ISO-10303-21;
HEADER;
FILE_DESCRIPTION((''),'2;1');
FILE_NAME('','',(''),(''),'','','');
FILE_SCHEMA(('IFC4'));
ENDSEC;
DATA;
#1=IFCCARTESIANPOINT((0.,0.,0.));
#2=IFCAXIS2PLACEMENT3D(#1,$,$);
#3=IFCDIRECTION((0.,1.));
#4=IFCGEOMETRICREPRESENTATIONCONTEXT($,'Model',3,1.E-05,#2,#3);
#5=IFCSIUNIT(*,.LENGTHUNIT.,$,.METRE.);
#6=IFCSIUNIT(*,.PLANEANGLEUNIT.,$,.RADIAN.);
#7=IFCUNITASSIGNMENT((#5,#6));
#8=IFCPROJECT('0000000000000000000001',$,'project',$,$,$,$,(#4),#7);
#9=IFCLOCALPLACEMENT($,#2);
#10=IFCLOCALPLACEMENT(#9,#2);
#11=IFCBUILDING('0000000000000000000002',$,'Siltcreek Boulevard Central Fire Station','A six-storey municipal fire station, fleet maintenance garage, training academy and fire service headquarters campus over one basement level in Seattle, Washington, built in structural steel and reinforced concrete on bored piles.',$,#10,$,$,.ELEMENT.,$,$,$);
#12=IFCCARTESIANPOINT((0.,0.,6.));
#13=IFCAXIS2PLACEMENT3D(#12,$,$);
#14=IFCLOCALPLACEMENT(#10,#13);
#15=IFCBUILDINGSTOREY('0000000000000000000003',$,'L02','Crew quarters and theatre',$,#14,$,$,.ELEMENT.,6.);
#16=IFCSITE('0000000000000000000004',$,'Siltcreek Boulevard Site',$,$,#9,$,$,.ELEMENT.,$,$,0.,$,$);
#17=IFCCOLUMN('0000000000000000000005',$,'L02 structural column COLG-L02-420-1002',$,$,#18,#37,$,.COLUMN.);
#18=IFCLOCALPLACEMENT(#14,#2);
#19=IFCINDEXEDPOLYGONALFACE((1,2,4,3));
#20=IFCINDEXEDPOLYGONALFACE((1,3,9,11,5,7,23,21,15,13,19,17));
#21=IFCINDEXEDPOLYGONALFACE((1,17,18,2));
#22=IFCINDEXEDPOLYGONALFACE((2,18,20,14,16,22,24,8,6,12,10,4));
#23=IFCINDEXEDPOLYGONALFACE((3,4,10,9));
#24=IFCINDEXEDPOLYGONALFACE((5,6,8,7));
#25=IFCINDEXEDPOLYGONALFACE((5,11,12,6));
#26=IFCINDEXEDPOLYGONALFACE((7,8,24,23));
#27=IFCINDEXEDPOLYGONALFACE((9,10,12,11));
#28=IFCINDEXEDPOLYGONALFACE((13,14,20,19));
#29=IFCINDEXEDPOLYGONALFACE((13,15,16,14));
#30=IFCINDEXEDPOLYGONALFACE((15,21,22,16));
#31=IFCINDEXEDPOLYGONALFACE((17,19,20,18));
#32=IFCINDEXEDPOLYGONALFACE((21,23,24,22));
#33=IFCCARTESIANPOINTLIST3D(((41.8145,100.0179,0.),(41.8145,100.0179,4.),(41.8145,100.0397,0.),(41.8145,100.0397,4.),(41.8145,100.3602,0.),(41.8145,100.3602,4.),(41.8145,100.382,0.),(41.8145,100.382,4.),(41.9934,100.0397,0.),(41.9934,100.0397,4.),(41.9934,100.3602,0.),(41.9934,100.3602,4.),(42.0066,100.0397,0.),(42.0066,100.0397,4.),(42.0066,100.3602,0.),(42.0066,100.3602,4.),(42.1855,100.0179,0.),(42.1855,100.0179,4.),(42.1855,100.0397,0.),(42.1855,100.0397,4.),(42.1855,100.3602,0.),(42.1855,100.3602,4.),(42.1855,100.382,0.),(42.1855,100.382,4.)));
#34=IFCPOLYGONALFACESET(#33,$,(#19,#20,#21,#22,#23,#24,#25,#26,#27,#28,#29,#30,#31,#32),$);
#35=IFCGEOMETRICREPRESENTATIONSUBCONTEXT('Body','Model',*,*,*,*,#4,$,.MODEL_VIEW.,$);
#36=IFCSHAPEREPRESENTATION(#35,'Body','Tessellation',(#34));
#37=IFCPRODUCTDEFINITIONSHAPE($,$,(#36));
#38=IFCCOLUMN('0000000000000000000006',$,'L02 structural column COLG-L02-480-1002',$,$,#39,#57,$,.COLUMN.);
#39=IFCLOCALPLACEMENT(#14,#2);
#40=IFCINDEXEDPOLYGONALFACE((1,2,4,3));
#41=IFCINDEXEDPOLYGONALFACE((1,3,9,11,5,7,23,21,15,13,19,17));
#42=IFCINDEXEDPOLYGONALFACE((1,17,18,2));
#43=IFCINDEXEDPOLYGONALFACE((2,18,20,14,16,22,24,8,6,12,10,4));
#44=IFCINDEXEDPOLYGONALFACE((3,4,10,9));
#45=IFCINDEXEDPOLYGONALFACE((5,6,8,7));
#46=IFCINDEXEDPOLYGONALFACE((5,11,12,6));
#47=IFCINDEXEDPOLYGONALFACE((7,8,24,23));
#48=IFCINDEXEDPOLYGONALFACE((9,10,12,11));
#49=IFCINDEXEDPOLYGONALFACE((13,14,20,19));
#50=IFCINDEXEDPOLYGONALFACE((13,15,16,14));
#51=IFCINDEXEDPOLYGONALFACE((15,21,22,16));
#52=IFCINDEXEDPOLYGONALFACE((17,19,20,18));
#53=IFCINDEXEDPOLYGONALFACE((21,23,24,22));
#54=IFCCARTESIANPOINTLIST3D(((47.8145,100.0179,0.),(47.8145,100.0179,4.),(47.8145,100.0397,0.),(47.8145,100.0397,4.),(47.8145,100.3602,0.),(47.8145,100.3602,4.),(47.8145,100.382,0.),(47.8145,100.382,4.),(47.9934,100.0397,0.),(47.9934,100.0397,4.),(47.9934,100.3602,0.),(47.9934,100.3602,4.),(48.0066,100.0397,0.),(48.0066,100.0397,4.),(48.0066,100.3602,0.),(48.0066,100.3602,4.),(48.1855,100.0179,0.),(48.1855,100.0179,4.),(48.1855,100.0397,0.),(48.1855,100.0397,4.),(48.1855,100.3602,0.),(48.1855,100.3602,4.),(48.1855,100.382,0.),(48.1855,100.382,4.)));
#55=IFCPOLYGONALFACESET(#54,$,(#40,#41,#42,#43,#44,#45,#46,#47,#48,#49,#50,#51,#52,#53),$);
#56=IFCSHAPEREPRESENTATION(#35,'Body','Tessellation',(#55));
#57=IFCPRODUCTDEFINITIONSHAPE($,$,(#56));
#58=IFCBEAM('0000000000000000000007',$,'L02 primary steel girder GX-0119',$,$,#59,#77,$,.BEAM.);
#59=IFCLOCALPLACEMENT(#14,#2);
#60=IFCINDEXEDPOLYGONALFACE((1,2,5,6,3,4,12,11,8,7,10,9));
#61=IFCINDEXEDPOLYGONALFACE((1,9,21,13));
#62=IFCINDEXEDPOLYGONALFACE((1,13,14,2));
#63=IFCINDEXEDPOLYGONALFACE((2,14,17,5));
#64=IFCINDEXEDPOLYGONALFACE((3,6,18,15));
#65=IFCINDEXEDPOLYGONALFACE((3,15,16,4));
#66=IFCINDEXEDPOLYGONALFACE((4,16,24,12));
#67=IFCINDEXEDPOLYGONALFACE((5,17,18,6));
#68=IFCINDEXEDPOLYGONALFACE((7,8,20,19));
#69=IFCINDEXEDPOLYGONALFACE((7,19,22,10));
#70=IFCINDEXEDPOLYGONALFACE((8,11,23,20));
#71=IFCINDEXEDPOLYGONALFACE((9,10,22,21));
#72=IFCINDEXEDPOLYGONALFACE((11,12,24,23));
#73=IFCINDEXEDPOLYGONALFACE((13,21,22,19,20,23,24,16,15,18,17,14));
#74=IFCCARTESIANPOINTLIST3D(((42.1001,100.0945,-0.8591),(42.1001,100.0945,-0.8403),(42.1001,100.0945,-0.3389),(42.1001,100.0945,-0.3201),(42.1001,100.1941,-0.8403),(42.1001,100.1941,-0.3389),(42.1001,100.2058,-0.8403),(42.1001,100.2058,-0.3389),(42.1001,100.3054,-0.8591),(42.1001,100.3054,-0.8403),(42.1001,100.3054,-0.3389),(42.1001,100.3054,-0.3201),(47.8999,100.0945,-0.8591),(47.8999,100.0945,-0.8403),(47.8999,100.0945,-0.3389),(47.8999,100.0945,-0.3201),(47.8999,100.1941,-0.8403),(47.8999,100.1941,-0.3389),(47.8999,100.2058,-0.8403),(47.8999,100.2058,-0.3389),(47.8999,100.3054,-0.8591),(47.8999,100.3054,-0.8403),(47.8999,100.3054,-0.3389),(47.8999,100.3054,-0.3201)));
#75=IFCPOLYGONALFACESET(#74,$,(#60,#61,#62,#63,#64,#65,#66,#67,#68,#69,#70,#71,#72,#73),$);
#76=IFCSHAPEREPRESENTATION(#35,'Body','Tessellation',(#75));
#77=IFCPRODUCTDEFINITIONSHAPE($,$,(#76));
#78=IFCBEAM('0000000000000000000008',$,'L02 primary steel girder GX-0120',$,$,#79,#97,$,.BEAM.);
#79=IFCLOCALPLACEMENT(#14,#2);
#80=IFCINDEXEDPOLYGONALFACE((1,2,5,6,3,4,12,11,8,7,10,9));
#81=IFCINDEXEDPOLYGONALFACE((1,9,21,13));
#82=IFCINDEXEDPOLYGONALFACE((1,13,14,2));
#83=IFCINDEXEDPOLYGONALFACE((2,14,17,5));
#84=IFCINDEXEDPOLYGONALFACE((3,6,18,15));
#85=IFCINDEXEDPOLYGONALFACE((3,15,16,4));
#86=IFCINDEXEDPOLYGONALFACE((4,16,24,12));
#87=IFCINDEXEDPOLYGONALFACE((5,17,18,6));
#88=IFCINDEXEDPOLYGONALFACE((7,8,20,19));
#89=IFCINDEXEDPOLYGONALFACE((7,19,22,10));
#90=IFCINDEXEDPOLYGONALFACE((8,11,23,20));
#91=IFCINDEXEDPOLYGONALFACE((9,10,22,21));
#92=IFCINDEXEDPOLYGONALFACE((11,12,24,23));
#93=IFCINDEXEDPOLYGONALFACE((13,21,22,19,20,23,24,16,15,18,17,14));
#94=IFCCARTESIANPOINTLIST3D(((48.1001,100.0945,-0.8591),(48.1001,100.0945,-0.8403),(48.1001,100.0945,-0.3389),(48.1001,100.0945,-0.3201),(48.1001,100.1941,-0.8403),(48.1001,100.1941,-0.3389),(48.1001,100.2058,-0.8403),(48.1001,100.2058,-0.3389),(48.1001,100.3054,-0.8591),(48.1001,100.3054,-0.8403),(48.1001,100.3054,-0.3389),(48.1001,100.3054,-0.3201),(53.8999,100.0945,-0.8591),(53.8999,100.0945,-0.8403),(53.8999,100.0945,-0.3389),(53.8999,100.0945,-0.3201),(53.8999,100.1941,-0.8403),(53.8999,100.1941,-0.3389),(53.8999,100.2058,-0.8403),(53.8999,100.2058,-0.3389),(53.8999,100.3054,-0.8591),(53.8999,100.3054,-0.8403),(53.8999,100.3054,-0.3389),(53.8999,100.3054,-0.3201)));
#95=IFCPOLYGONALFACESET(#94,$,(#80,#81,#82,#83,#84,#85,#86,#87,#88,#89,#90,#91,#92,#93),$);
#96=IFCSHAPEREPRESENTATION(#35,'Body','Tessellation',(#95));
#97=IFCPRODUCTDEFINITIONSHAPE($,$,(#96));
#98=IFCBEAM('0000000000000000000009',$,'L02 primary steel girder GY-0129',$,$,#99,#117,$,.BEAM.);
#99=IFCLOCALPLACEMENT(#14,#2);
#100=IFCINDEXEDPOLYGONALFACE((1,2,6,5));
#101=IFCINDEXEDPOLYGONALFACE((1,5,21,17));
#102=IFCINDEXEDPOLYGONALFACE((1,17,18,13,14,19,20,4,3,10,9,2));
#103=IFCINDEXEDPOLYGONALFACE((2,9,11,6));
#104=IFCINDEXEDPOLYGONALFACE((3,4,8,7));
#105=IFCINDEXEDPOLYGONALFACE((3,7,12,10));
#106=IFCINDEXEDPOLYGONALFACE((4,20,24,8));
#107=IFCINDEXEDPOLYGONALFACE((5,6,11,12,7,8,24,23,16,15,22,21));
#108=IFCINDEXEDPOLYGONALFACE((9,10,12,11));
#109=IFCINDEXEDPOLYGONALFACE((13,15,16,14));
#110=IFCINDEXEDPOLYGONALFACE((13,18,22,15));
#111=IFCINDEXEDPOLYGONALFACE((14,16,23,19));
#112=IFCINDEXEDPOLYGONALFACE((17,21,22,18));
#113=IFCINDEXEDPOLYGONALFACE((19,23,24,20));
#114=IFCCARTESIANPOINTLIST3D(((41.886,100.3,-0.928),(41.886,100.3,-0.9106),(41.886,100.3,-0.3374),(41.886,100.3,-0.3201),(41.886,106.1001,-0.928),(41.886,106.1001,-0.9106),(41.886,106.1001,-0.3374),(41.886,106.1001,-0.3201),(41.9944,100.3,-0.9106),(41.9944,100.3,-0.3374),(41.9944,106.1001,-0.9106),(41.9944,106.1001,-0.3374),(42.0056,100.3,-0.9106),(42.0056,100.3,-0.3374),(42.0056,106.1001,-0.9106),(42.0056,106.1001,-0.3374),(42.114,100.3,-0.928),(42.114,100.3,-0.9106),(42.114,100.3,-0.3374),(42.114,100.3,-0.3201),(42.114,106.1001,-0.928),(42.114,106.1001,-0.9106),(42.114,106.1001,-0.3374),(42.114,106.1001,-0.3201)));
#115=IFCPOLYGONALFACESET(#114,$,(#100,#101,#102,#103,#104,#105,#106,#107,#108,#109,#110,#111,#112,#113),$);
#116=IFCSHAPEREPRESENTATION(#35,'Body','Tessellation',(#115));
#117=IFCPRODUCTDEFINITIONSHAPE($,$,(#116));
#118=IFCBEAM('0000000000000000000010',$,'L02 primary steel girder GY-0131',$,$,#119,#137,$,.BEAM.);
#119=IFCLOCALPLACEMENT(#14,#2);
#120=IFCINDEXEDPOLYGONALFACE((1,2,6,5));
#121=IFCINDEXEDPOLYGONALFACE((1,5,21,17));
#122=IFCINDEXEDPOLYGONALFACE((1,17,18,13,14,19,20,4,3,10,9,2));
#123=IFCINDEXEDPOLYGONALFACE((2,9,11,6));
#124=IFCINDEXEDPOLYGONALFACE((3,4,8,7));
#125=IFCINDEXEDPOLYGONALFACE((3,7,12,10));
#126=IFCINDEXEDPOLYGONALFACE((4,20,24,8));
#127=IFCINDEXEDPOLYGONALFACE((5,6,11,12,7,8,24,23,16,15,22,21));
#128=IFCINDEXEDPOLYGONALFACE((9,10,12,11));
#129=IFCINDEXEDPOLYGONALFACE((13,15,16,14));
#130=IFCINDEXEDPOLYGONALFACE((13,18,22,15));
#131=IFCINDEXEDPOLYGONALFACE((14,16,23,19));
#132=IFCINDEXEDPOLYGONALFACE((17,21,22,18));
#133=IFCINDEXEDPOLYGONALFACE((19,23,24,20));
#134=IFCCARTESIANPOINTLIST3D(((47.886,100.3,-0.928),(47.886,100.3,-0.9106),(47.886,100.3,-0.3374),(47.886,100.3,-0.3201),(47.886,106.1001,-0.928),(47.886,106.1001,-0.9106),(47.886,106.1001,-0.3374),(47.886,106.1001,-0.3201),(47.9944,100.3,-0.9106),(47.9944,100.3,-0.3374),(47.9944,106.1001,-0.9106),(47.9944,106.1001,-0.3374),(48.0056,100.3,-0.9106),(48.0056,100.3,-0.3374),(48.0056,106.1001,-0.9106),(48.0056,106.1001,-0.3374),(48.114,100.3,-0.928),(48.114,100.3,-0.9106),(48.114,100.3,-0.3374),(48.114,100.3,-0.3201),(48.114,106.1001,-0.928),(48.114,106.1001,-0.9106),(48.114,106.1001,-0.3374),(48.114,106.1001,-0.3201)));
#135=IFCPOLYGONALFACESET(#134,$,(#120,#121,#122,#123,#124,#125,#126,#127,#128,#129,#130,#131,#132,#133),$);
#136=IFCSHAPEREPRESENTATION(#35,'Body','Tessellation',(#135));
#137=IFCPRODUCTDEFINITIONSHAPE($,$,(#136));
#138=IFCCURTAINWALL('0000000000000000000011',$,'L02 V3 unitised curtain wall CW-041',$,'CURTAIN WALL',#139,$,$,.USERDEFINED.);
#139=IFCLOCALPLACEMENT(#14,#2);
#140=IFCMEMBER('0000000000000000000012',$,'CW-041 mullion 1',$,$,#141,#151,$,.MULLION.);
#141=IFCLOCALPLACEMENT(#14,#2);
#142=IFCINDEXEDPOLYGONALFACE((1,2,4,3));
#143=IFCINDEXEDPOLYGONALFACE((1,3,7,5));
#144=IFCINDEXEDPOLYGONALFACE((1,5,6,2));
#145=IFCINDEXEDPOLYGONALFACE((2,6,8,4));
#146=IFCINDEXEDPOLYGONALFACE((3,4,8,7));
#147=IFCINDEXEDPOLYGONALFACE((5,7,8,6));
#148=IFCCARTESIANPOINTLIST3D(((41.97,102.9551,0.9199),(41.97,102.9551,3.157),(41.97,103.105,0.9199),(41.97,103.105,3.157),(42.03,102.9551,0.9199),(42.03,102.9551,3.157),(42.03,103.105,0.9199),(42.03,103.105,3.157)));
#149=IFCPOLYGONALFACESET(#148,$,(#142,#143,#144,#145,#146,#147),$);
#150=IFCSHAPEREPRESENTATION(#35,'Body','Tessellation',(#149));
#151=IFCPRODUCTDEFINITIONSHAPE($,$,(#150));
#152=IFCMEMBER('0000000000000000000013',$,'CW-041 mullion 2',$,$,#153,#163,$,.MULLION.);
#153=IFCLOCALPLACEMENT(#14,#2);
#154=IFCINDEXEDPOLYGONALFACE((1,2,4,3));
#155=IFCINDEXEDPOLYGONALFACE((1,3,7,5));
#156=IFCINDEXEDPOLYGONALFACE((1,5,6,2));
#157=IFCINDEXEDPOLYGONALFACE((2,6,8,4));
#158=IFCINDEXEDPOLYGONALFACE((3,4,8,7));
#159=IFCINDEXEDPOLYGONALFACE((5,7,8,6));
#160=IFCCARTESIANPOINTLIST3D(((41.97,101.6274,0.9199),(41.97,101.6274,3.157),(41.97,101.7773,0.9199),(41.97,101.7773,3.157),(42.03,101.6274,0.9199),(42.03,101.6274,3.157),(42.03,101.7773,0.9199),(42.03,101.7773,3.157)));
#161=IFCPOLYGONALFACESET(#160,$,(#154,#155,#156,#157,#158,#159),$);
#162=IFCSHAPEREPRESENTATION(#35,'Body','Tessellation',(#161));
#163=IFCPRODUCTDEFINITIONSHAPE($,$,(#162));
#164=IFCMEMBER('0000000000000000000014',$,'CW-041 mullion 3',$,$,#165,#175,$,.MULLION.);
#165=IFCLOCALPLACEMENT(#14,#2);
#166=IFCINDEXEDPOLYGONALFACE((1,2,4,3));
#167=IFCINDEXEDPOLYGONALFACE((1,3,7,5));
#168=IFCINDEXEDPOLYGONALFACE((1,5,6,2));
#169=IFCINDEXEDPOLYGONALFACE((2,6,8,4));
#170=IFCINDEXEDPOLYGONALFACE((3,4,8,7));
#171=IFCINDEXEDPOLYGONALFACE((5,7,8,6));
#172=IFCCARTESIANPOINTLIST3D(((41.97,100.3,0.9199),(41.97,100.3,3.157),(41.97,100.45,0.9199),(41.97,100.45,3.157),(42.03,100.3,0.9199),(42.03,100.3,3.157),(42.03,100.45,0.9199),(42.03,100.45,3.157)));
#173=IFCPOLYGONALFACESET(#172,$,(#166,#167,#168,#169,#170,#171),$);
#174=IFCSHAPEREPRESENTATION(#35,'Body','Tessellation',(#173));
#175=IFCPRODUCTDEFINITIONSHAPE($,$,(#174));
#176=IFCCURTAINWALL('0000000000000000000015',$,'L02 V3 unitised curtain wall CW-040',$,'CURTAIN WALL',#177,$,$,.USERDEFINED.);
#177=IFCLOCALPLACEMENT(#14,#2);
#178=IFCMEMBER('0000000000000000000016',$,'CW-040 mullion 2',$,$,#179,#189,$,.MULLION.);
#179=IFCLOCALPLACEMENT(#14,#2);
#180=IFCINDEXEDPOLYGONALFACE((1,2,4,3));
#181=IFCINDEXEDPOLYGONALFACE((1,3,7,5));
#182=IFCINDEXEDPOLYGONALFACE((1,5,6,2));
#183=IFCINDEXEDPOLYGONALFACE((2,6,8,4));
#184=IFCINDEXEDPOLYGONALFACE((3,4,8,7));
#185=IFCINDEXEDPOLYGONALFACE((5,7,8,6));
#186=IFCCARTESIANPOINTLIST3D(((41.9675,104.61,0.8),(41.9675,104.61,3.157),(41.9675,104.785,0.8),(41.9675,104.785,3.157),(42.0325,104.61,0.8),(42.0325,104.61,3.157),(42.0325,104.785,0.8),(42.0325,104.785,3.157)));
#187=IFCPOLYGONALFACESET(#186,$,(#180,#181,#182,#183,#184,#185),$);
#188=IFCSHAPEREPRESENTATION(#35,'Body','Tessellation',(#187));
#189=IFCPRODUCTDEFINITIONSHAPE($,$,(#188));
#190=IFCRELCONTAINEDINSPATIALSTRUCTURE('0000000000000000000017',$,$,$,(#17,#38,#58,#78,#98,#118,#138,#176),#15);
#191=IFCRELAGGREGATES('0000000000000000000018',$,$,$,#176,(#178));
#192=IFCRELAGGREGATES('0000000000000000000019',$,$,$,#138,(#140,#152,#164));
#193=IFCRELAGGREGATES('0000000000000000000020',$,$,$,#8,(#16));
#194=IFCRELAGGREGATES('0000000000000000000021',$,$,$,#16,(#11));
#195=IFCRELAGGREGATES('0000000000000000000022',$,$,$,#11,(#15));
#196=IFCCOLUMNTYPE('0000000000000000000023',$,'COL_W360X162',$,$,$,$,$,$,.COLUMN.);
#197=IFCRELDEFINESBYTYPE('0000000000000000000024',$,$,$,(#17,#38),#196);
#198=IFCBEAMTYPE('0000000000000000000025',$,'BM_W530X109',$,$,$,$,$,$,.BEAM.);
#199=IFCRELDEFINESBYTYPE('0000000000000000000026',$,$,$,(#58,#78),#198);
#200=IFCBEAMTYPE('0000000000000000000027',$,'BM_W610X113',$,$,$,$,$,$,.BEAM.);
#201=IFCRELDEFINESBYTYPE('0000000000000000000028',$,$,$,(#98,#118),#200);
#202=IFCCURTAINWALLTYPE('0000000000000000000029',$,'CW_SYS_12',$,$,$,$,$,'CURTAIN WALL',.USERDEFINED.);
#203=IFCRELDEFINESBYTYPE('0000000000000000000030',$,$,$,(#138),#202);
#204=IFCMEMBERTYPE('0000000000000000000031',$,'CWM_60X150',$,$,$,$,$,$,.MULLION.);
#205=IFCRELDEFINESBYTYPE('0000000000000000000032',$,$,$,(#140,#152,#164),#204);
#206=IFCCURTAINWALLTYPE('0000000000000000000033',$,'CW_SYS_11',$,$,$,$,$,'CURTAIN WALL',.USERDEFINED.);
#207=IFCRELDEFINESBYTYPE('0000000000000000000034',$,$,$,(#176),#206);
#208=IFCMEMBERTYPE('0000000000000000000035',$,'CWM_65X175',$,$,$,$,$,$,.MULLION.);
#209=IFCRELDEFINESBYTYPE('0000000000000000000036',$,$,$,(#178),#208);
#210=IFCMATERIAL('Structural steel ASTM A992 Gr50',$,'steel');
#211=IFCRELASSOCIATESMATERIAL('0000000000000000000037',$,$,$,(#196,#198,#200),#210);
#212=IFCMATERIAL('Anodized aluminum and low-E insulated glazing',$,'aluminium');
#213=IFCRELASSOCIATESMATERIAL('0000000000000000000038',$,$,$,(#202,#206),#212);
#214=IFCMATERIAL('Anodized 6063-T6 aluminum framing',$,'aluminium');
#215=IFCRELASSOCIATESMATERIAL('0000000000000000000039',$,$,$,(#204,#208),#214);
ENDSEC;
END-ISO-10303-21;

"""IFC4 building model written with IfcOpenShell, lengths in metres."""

from ifc_helpers import new_model, si_unit, direction, frame, origin, origin_2d, place, context, subcontext, project, spatial, rectangle, i_section, extrude, material, material_profile, profile_set, type_object, element, aggregate, save


model = new_model("IFC4")

# Units and contexts
model_context = context("Model", 3, precision=1e-05, world=origin(), true_north=direction((0.0, 1.0)))
body_context = subcontext(model_context, "Body", "Model", "MODEL_VIEW")
ifc_project = project(units=[si_unit("LENGTHUNIT", "METRE"), si_unit("PLANEANGLEUNIT", "RADIAN")], contexts=[model_context])

# Site, building, storey
site_placement = place(None, origin())
site = spatial("IfcSite", under=ifc_project, at=site_placement, Name="Siltcreek Boulevard Site", CompositionType="ELEMENT", RefElevation=0.0)
building_placement = place(site_placement, origin())
building = spatial("IfcBuilding", under=site, at=building_placement, Name="Siltcreek Boulevard Central Fire Station", Description="A six-storey municipal fire station, fleet maintenance garage, training academy and fire service headquarters campus over one basement level in Seattle, Washington, built in structural steel and reinforced concrete on bored piles.", CompositionType="ELEMENT")
storey_placement = place(building_placement, frame((0.0, 0.0, 6.0)))
storey = spatial("IfcBuildingStorey", under=building, at=storey_placement, Name="L02", Description="Crew quarters and theatre", CompositionType="ELEMENT", Elevation=6.0)

# Columns
ifc_material_1 = material(Name="Structural steel ASTM A992 Gr50", Category="steel")
ifc_material_profile_1 = material_profile(ifc_material_1, i_section(OverallWidth=0.3711, OverallDepth=0.364, WebThickness=0.0132, FlangeThickness=0.0217, at=origin_2d()), Name="W360X162")
ifc_profile_set_1 = profile_set([ifc_material_profile_1], Name="Structural steel ASTM A992 Gr50")
column_type = type_object("IfcColumnType", Name="COL_W360X162", PredefinedType="COLUMN", material=ifc_profile_set_1)
for number, where, z_axis, x_axis, name in (
    (1, (42.0, 100.2, 0.0), (0.0, 0.0, 1.0), (1.0, 0.0, 0.0), "L02 structural column COLG-L02-420-1002"),
    (2, (48.0, 100.2, 0.0), (0.0, 0.0, 1.0), (1.0, 0.0, 0.0), "L02 structural column COLG-L02-480-1002"),
):
    element("IfcColumn", number, at=place(storey_placement, frame(where, z_axis=z_axis, x_axis=x_axis)), inside=storey, type_object=column_type, Name=name, PredefinedType="COLUMN", context=body_context, shape_type="SweptSolid", body=[
        extrude(i_section(OverallWidth=0.3711, OverallDepth=0.364, WebThickness=0.0132, FlangeThickness=0.0217, at=origin_2d()), origin(), (0.0, 0.0, 1.0), 4.0),
    ])

# Beams
ifc_material_profile_2 = material_profile(ifc_material_1, i_section(OverallWidth=0.2109, OverallDepth=0.5391, WebThickness=0.0117, FlangeThickness=0.0188, at=origin_2d()), Name="W530X109")
ifc_profile_set_2 = profile_set([ifc_material_profile_2], Name="Structural steel ASTM A992 Gr50")
beam_type_1 = type_object("IfcBeamType", Name="BM_W530X109", PredefinedType="BEAM", material=ifc_profile_set_2)
for number, where, z_axis, x_axis, name in (
    (3, (42.1001, 100.2, -0.5896), (1.0, 0.0, 0.0), (0.0, 1.0, 0.0), "L02 primary steel girder GX-0119"),
    (4, (48.1001, 100.2, -0.5896), (1.0, 0.0, 0.0), (0.0, 1.0, 0.0), "L02 primary steel girder GX-0120"),
):
    element("IfcBeam", number, at=place(storey_placement, frame(where, z_axis=z_axis, x_axis=x_axis)), inside=storey, type_object=beam_type_1, Name=name, PredefinedType="BEAM", context=body_context, shape_type="SweptSolid", body=[
        extrude(i_section(OverallWidth=0.2109, OverallDepth=0.5391, WebThickness=0.0117, FlangeThickness=0.0188, at=origin_2d()), origin(), (0.0, 0.0, 1.0), 5.7998),
    ])
ifc_material_profile_3 = material_profile(ifc_material_1, i_section(OverallWidth=0.228, OverallDepth=0.6079, WebThickness=0.0112, FlangeThickness=0.0173, at=origin_2d()), Name="W610X113")
ifc_profile_set_3 = profile_set([ifc_material_profile_3], Name="Structural steel ASTM A992 Gr50")
beam_type_2 = type_object("IfcBeamType", Name="BM_W610X113", PredefinedType="BEAM", material=ifc_profile_set_3)
for number, where, z_axis, x_axis, name in (
    (5, (42.0, 100.3, -0.624), (0.0, 1.0, 0.0), (-1.0, 0.0, 0.0), "L02 primary steel girder GY-0129"),
    (6, (48.0, 100.3, -0.624), (0.0, 1.0, 0.0), (-1.0, 0.0, 0.0), "L02 primary steel girder GY-0131"),
):
    element("IfcBeam", number, at=place(storey_placement, frame(where, z_axis=z_axis, x_axis=x_axis)), inside=storey, type_object=beam_type_2, Name=name, PredefinedType="BEAM", context=body_context, shape_type="SweptSolid", body=[
        extrude(i_section(OverallWidth=0.228, OverallDepth=0.6079, WebThickness=0.0112, FlangeThickness=0.0173, at=origin_2d()), origin(), (0.0, 0.0, 1.0), 5.8),
    ])

# Curtain walls, members
ifc_material_2 = material(Name="Anodized aluminum and low-E insulated glazing", Category="aluminium")
curtain_wall_type_1 = type_object("IfcCurtainWallType", Name="CW_SYS_12", ElementType="CURTAIN WALL", PredefinedType="USERDEFINED", material=ifc_material_2)
curtain_wall_1_placement = place(storey_placement, origin())
curtain_wall_1 = element("IfcCurtainWall", 7, at=curtain_wall_1_placement, inside=storey, type_object=curtain_wall_type_1, Name="L02 V3 unitised curtain wall CW-041", ObjectType="CURTAIN WALL", PredefinedType="USERDEFINED")
ifc_material_3 = material(Name="Anodized 6063-T6 aluminum framing", Category="aluminium")
ifc_material_profile_4 = material_profile(ifc_material_3, rectangle(XDim=0.0601, YDim=0.1499, at=origin_2d()), Name="MULL60X150")
ifc_profile_set_4 = profile_set([ifc_material_profile_4], Name="Anodized 6063-T6 aluminum framing")
member_type_1 = type_object("IfcMemberType", Name="CWM_60X150", PredefinedType="MULLION", material=ifc_profile_set_4)
member_1_placement = place(storey_placement, frame((42.0, 103.03, 0.9199), z_axis=(0.0, 0.0, 1.0), x_axis=(1.0, 0.0, 0.0)))
member_1 = element("IfcMember", 8, at=member_1_placement, type_object=member_type_1, Name="CW-041 mullion 1", PredefinedType="MULLION", context=body_context, shape_type="SweptSolid", body=[
    extrude(rectangle(XDim=0.0601, YDim=0.1499, at=origin_2d()), origin(), (0.0, 0.0, 1.0), 2.2371),
])
member_2_placement = place(storey_placement, frame((42.0, 101.7024, 0.9199), z_axis=(0.0, 0.0, 1.0), x_axis=(1.0, 0.0, 0.0)))
member_2 = element("IfcMember", 9, at=member_2_placement, type_object=member_type_1, Name="CW-041 mullion 2", PredefinedType="MULLION", context=body_context, shape_type="SweptSolid", body=[
    extrude(rectangle(XDim=0.0601, YDim=0.1499, at=origin_2d()), origin(), (0.0, 0.0, 1.0), 2.2371),
])
member_3_placement = place(storey_placement, frame((42.0, 100.375, 0.9199), z_axis=(0.0, 0.0, 1.0), x_axis=(1.0, 0.0, 0.0)))
member_3 = element("IfcMember", 10, at=member_3_placement, type_object=member_type_1, Name="CW-041 mullion 3", PredefinedType="MULLION", context=body_context, shape_type="SweptSolid", body=[
    extrude(rectangle(XDim=0.0601, YDim=0.1499, at=origin_2d()), origin(), (0.0, 0.0, 1.0), 2.2371),
])
curtain_wall_type_2 = type_object("IfcCurtainWallType", Name="CW_SYS_11", ElementType="CURTAIN WALL", PredefinedType="USERDEFINED", material=ifc_material_2)
curtain_wall_2_placement = place(storey_placement, origin())
curtain_wall_2 = element("IfcCurtainWall", 11, at=curtain_wall_2_placement, inside=storey, type_object=curtain_wall_type_2, Name="L02 V3 unitised curtain wall CW-040", ObjectType="CURTAIN WALL", PredefinedType="USERDEFINED")
ifc_material_profile_5 = material_profile(ifc_material_3, rectangle(XDim=0.0649, YDim=0.175, at=origin_2d()), Name="MULL65X175")
ifc_profile_set_5 = profile_set([ifc_material_profile_5], Name="Anodized 6063-T6 aluminum framing")
member_type_2 = type_object("IfcMemberType", Name="CWM_65X175", PredefinedType="MULLION", material=ifc_profile_set_5)
member_4_placement = place(storey_placement, frame((42.0, 104.6975, 0.8), z_axis=(0.0, 0.0, 1.0), x_axis=(1.0, 0.0, 0.0)))
member_4 = element("IfcMember", 12, at=member_4_placement, type_object=member_type_2, Name="CW-040 mullion 2", PredefinedType="MULLION", context=body_context, shape_type="SweptSolid", body=[
    extrude(rectangle(XDim=0.0649, YDim=0.175, at=origin_2d()), origin(), (0.0, 0.0, 1.0), 2.3569),
])

aggregate(curtain_wall_2, [member_4])
aggregate(curtain_wall_1, [member_1, member_2, member_3])

save(model, "model.ifc")
